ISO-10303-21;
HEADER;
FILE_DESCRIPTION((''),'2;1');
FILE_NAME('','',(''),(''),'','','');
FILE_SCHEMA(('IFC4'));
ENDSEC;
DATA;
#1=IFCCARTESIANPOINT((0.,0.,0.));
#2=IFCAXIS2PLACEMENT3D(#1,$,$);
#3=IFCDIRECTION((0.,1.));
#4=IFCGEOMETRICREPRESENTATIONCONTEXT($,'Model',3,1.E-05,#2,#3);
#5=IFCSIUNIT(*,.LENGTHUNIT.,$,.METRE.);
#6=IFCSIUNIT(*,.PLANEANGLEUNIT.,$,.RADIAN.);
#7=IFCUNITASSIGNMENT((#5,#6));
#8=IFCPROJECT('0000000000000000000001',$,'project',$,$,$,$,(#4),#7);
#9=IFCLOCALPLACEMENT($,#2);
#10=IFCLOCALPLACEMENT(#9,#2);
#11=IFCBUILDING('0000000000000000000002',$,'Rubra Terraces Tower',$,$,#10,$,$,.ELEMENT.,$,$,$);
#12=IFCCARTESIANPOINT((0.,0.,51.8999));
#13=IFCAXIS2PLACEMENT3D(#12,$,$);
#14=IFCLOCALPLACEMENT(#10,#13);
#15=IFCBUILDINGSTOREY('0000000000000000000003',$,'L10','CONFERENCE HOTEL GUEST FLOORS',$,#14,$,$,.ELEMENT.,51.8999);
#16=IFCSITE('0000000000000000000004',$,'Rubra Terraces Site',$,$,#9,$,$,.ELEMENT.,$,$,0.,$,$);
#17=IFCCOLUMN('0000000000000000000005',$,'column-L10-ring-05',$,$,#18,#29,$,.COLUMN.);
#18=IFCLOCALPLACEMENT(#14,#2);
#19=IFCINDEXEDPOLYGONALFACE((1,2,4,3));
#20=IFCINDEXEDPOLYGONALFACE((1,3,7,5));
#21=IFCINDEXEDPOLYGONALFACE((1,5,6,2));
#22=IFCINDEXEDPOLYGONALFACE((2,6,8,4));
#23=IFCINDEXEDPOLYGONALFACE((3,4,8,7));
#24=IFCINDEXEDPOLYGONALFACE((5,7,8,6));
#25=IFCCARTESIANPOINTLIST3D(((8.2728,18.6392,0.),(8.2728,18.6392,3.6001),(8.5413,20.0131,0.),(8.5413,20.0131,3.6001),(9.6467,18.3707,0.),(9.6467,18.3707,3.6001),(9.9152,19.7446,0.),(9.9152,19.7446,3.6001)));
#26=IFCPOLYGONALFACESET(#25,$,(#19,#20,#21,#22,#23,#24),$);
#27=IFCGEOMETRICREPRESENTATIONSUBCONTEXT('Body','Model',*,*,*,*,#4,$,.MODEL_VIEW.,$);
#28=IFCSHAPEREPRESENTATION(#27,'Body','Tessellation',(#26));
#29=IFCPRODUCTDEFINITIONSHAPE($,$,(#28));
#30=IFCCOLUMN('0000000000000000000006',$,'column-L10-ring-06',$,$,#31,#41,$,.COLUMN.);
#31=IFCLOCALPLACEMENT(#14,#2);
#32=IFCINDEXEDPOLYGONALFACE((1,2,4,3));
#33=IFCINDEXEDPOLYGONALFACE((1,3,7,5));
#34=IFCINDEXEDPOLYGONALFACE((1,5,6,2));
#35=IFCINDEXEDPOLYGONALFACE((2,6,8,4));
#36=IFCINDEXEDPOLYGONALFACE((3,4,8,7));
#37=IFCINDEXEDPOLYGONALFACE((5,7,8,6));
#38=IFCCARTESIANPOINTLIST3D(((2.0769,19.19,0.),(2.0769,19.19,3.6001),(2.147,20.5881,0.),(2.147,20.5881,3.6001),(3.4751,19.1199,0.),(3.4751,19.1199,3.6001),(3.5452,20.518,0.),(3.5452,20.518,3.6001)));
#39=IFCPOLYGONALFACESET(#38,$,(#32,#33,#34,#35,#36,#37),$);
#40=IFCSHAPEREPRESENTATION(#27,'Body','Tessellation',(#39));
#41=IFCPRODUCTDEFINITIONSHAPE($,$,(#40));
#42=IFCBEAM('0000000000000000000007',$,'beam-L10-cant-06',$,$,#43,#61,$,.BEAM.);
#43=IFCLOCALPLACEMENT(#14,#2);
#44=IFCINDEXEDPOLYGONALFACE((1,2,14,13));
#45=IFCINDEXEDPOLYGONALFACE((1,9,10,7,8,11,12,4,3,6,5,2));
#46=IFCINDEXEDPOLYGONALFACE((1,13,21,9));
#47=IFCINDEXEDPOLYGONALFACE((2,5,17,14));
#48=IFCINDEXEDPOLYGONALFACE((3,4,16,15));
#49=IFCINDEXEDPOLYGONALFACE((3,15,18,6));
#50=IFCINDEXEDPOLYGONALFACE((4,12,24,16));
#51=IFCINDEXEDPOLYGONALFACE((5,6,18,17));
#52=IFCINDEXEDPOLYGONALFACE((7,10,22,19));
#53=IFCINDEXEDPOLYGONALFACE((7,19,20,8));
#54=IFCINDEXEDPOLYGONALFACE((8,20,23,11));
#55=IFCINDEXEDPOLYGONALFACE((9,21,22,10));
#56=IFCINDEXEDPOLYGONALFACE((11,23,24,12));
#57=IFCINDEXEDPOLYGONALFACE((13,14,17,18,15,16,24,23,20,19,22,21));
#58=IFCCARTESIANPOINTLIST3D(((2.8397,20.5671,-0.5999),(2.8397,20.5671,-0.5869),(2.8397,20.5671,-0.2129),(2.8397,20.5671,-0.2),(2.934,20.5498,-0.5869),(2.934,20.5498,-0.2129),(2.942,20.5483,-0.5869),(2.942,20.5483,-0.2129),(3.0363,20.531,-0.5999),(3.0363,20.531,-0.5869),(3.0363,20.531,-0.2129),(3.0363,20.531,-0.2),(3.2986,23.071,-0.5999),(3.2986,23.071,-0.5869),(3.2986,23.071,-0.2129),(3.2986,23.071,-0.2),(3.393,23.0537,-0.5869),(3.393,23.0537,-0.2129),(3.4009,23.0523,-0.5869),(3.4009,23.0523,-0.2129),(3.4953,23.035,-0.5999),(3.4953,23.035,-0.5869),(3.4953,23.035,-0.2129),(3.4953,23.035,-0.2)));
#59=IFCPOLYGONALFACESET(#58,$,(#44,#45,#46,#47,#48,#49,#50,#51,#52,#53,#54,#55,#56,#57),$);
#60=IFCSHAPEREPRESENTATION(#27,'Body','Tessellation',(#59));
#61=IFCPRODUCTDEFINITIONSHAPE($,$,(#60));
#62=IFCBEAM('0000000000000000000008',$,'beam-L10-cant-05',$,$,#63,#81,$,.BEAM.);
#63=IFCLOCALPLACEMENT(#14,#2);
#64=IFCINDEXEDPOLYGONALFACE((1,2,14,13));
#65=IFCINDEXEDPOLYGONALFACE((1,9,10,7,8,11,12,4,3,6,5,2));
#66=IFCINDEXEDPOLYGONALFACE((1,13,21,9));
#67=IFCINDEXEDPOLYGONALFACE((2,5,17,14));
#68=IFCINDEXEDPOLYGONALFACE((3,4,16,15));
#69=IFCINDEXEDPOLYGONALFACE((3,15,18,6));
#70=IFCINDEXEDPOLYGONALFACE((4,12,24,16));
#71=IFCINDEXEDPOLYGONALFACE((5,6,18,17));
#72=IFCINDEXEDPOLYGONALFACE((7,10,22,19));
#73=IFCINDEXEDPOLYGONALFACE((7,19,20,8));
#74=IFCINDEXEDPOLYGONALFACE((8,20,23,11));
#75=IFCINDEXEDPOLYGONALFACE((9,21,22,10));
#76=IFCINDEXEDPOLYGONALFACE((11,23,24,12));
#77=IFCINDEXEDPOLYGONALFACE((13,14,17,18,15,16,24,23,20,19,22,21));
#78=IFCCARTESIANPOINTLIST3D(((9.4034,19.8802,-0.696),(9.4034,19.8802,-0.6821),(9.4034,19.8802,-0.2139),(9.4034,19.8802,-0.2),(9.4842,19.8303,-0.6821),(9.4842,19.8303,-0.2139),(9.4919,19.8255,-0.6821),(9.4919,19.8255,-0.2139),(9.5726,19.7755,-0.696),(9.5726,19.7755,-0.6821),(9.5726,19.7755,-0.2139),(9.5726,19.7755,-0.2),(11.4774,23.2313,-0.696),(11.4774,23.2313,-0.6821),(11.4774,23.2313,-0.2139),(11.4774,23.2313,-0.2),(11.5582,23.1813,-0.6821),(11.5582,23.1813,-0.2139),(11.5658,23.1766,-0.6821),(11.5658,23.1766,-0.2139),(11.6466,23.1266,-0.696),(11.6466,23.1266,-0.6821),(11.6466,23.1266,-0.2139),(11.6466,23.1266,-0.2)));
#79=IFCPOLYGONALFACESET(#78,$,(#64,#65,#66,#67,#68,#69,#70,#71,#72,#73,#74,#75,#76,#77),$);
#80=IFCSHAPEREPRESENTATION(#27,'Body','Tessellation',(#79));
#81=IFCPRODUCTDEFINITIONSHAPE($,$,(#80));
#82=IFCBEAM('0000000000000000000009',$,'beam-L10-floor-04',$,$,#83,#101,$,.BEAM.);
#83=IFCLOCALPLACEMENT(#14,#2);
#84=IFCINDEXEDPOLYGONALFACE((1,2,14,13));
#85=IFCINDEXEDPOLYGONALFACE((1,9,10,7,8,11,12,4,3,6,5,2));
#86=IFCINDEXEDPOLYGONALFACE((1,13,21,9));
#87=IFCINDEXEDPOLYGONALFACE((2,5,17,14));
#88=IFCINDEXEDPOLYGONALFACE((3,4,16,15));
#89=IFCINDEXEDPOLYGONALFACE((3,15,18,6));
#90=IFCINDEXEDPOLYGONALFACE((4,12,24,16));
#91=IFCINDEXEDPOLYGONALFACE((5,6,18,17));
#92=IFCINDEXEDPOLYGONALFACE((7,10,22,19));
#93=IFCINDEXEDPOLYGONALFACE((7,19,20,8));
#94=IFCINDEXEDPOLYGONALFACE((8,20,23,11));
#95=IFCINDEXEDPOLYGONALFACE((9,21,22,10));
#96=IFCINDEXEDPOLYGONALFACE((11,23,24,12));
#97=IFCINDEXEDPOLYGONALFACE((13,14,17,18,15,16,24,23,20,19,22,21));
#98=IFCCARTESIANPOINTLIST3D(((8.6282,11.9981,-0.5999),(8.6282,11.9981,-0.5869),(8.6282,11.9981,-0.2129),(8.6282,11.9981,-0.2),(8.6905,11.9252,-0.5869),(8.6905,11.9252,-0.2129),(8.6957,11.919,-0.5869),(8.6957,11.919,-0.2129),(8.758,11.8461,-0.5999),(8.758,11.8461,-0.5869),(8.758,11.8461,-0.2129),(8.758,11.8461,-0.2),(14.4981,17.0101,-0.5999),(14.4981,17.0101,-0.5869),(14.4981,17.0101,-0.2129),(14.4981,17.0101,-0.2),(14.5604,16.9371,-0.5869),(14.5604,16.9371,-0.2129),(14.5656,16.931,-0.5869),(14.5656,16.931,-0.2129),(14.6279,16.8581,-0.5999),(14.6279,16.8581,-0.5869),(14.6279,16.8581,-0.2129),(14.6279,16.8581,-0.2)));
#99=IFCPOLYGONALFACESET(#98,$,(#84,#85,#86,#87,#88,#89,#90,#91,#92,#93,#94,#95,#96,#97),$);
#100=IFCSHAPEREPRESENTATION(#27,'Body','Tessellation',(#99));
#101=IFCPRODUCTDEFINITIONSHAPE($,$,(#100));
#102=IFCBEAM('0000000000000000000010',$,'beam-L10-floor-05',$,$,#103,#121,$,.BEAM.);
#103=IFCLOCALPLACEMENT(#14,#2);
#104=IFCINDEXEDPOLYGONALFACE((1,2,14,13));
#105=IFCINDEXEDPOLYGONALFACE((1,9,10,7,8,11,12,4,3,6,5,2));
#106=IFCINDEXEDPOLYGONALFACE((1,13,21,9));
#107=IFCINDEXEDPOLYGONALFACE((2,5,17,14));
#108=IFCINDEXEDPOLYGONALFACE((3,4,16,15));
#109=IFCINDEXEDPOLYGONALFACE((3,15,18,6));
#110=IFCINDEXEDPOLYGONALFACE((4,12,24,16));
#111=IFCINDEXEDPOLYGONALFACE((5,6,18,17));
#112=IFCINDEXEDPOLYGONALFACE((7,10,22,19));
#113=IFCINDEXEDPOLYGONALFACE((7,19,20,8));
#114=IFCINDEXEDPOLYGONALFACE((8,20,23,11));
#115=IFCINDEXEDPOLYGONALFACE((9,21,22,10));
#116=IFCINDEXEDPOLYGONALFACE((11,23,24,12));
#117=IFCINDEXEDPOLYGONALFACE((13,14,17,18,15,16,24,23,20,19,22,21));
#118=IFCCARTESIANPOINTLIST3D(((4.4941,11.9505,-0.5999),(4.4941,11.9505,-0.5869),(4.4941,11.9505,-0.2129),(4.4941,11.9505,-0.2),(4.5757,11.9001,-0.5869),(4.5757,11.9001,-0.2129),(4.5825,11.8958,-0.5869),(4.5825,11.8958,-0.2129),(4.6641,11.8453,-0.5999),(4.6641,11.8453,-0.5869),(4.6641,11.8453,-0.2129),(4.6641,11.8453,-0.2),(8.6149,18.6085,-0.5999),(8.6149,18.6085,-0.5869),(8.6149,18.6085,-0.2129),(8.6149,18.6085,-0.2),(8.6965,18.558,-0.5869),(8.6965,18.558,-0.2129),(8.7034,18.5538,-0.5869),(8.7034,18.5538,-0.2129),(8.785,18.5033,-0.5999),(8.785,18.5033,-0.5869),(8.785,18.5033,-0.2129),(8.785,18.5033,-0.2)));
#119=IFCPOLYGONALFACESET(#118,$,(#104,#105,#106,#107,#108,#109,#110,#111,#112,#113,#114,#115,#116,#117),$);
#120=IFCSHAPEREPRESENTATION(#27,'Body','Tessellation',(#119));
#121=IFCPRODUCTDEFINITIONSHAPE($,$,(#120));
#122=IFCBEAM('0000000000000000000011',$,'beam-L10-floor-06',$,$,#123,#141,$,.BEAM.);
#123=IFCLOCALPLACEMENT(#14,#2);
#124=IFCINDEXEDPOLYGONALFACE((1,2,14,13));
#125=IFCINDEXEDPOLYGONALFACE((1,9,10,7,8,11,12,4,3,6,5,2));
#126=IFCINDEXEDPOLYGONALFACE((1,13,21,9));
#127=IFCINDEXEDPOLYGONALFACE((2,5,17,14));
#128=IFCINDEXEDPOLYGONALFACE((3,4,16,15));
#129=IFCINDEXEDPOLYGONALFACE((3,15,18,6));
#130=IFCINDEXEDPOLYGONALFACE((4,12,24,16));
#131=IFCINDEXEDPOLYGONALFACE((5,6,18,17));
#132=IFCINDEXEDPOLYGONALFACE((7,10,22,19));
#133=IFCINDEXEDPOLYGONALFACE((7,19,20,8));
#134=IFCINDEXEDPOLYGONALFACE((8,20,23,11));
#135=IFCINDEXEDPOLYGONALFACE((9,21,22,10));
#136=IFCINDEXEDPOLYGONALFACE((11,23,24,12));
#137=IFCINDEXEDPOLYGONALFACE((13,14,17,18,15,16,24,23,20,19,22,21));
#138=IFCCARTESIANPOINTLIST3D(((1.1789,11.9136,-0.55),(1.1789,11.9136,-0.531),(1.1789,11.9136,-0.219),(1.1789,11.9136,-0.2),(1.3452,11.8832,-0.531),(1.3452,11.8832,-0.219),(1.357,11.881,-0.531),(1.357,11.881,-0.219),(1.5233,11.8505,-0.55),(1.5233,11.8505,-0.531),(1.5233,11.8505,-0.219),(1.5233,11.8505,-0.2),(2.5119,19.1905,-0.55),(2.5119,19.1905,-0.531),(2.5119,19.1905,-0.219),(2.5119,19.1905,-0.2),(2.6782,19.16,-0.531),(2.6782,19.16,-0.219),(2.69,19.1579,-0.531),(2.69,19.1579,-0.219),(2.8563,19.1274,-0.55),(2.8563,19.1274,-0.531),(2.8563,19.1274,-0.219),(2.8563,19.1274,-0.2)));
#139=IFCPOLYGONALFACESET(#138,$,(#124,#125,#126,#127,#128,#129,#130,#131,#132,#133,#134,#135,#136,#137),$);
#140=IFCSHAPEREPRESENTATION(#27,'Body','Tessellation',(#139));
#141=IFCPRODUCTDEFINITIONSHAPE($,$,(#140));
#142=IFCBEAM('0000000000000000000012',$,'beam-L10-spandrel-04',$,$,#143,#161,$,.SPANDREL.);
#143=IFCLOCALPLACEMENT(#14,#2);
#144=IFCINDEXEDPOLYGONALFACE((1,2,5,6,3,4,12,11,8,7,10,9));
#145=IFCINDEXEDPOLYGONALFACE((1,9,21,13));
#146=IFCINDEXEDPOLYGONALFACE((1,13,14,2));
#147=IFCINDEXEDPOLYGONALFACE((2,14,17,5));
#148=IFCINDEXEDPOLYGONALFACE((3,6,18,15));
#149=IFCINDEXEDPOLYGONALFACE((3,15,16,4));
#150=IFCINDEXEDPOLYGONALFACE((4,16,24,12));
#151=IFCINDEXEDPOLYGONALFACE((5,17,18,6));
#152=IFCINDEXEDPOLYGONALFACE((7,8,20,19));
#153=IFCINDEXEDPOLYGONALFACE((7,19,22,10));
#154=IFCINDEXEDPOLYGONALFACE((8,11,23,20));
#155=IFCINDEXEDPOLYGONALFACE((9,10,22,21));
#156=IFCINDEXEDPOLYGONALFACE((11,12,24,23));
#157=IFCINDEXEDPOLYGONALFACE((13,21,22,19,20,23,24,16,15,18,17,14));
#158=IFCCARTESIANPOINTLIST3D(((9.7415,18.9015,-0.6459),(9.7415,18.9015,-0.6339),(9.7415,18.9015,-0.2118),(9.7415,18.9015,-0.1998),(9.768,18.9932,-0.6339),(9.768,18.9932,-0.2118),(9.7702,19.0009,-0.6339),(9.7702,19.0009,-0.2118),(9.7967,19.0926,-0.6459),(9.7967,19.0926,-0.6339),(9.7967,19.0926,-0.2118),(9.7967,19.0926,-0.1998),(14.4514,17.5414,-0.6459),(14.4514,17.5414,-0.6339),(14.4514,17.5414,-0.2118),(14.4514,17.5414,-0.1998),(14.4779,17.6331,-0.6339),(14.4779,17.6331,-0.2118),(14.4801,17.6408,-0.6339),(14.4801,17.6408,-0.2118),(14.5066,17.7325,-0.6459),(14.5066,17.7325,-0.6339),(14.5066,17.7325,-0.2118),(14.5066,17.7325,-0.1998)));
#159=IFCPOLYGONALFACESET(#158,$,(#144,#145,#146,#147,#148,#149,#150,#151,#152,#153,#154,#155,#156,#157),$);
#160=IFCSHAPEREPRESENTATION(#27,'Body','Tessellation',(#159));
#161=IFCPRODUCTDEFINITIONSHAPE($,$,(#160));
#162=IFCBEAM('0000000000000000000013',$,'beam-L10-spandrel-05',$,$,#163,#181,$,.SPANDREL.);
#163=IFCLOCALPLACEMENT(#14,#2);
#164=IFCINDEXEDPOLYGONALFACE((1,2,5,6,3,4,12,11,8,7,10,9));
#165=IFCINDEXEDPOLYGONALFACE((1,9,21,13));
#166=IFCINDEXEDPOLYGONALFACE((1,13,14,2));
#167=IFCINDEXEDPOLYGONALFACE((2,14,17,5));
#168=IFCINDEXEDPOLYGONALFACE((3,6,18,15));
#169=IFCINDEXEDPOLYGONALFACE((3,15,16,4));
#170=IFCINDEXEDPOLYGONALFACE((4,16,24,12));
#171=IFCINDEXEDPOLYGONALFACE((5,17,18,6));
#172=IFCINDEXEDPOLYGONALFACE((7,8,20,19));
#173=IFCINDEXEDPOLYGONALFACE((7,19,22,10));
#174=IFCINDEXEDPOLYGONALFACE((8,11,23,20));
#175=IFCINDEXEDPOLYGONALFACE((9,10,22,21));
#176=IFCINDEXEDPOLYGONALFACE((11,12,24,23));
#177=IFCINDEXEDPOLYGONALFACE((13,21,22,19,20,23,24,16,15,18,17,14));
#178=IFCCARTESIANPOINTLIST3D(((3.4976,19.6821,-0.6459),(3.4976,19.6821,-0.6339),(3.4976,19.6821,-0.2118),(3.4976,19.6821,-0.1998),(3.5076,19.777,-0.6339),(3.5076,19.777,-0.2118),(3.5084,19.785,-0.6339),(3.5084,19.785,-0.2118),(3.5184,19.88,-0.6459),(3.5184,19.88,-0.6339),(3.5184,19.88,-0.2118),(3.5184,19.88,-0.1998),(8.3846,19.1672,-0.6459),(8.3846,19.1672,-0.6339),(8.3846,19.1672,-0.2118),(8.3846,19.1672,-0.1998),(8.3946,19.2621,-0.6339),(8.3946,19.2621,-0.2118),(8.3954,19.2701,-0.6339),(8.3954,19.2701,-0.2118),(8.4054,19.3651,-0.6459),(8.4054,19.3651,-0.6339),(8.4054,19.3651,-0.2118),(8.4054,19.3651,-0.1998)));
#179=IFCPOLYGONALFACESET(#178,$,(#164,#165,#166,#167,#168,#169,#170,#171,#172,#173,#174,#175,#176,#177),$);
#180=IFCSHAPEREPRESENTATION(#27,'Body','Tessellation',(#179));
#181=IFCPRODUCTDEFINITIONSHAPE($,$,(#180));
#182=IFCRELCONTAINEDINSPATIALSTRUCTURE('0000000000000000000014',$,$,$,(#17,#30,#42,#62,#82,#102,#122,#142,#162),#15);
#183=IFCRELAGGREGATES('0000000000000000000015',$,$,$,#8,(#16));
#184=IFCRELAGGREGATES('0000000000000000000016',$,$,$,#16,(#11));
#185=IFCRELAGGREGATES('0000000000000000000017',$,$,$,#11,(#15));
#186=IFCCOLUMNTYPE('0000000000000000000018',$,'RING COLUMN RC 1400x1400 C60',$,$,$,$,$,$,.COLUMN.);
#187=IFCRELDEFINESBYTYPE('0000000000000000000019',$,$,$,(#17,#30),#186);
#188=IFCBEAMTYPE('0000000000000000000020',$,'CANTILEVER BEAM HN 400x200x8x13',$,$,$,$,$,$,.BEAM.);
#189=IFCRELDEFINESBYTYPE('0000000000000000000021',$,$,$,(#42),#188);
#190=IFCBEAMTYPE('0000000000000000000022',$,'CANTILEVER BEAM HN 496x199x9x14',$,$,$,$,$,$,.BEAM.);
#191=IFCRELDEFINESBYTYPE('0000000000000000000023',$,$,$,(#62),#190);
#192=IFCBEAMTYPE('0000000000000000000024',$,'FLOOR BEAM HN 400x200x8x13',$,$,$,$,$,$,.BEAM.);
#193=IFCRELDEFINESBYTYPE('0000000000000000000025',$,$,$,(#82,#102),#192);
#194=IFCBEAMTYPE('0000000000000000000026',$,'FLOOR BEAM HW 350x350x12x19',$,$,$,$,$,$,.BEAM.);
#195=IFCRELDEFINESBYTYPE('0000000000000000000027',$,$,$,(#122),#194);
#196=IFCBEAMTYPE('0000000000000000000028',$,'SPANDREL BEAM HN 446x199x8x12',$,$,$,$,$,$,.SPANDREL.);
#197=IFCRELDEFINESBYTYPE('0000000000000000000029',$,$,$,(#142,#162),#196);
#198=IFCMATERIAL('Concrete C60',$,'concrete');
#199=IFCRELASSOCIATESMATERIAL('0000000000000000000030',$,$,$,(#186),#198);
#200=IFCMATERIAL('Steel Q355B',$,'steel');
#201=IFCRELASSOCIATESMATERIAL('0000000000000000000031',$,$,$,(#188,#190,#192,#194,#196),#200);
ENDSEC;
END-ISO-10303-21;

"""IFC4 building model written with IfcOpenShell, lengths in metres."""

from ifc_helpers import new_model, si_unit, direction, frame, origin, origin_2d, place, context, subcontext, project, spatial, rectangle, i_section, extrude, material, material_profile, profile_set, type_object, element, save


model = new_model("IFC4")

# Units and contexts
model_context = context("Model", 3, precision=1e-05, world=origin(), true_north=direction((0.0, 1.0)))
body_context = subcontext(model_context, "Body", "Model", "MODEL_VIEW")
ifc_project = project(units=[si_unit("LENGTHUNIT", "METRE"), si_unit("PLANEANGLEUNIT", "RADIAN")], contexts=[model_context])

# Site, building, storey
site_placement = place(None, origin())
site = spatial("IfcSite", under=ifc_project, at=site_placement, Name="Rubra Terraces Site", CompositionType="ELEMENT", RefElevation=0.0)
building_placement = place(site_placement, origin())
building = spatial("IfcBuilding", under=site, at=building_placement, Name="Rubra Terraces Tower", CompositionType="ELEMENT")
storey_placement = place(building_placement, frame((0.0, 0.0, 51.8999)))
storey = spatial("IfcBuildingStorey", under=building, at=storey_placement, Name="L10", Description="CONFERENCE HOTEL GUEST FLOORS", CompositionType="ELEMENT", Elevation=51.8999)

# Columns
ifc_material_1 = material(Name="Concrete C60", Category="concrete")
ifc_material_profile_1 = material_profile(ifc_material_1, rectangle(XDim=1.3999, YDim=1.3999, at=origin_2d()), Name="RC 1400x1400")
ifc_profile_set_1 = profile_set([ifc_material_profile_1], Name="Concrete C60")
column_type = type_object("IfcColumnType", Name="RING COLUMN RC 1400x1400 C60", PredefinedType="COLUMN", material=ifc_profile_set_1)
for number, where, z_axis, x_axis, name in (
    (1, (9.094, 19.1919, 0.0), (0.0, 0.0, 1.0), (-0.98143, 0.191819, 0.0), "column-L10-ring-05"),
    (2, (2.811, 19.854, 0.0), (0.0, 0.0, 1.0), (-0.998745, 0.050084, 0.0), "column-L10-ring-06"),
):
    element("IfcColumn", number, at=place(storey_placement, frame(where, z_axis=z_axis, x_axis=x_axis)), inside=storey, type_object=column_type, Name=name, PredefinedType="COLUMN", context=body_context, shape_type="SweptSolid", body=[
        extrude(rectangle(XDim=1.3999, YDim=1.3999, at=origin_2d()), origin(), (0.0, 0.0, 1.0), 3.6001),
    ])

# Beams
ifc_material_2 = material(Name="Steel Q355B", Category="steel")
ifc_material_profile_2 = material_profile(ifc_material_2, i_section(OverallWidth=0.2, OverallDepth=0.3999, WebThickness=0.0081, FlangeThickness=0.0129, at=origin_2d()), Name="HN 400x200x8x13")
ifc_profile_set_2 = profile_set([ifc_material_profile_2], Name="Steel Q355B")
beam_type_1 = type_object("IfcBeamType", Name="CANTILEVER BEAM HN 400x200x8x13", PredefinedType="BEAM", material=ifc_profile_set_2)
beam_1_placement = place(storey_placement, frame((2.938, 20.5491, -0.3999), z_axis=(0.180303, 0.983611, 0.0), x_axis=(-0.983611, 0.180303, 0.0)))
element("IfcBeam", 3, at=beam_1_placement, inside=storey, type_object=beam_type_1, Name="beam-L10-cant-06", PredefinedType="BEAM", context=body_context, shape_type="SweptSolid", body=[
    extrude(i_section(OverallWidth=0.2, OverallDepth=0.3999, WebThickness=0.0081, FlangeThickness=0.0129, at=origin_2d()), origin(), (0.0, 0.0, 1.0), 2.5457),
])
ifc_material_profile_3 = material_profile(ifc_material_2, i_section(OverallWidth=0.199, OverallDepth=0.4961, WebThickness=0.009, FlangeThickness=0.0139, at=origin_2d()), Name="HN 496x199x9x14")
ifc_profile_set_3 = profile_set([ifc_material_profile_3], Name="Steel Q355B")
beam_type_2 = type_object("IfcBeamType", Name="CANTILEVER BEAM HN 496x199x9x14", PredefinedType="BEAM", material=ifc_profile_set_3)
beam_2_placement = place(storey_placement, frame((9.488, 19.8279, -0.448), z_axis=(0.526263, 0.850322, 0.0), x_axis=(-0.850322, 0.526263, 0.0)))
element("IfcBeam", 4, at=beam_2_placement, inside=storey, type_object=beam_type_2, Name="beam-L10-cant-05", PredefinedType="BEAM", context=body_context, shape_type="SweptSolid", body=[
    extrude(i_section(OverallWidth=0.199, OverallDepth=0.4961, WebThickness=0.009, FlangeThickness=0.0139, at=origin_2d()), origin(), (0.0, 0.0, 1.0), 3.9409),
])
ifc_material_profile_4 = material_profile(ifc_material_2, i_section(OverallWidth=0.2, OverallDepth=0.3999, WebThickness=0.0081, FlangeThickness=0.0129, at=origin_2d()), Name="HN 400x200x8x13")
ifc_profile_set_4 = profile_set([ifc_material_profile_4], Name="Steel Q355B")
beam_type_3 = type_object("IfcBeamType", Name="FLOOR BEAM HN 400x200x8x13", PredefinedType="BEAM", material=ifc_profile_set_4)
beam_3_placement = place(storey_placement, frame((14.563, 16.9341, -0.3999), z_axis=(-0.760494, -0.649344, 0.0), x_axis=(0.649344, -0.760494, 0.0)))
element("IfcBeam", 5, at=beam_3_placement, inside=storey, type_object=beam_type_3, Name="beam-L10-floor-04", PredefinedType="BEAM", context=body_context, shape_type="SweptSolid", body=[
    extrude(i_section(OverallWidth=0.2, OverallDepth=0.3999, WebThickness=0.0081, FlangeThickness=0.0129, at=origin_2d()), origin(), (0.0, 0.0, 1.0), 7.7185),
])
beam_4_placement = place(storey_placement, frame((8.7, 18.5559, -0.3999), z_axis=(-0.526286, -0.850308, 0.0), x_axis=(0.850308, -0.526286, 0.0)))
element("IfcBeam", 6, at=beam_4_placement, inside=storey, type_object=beam_type_3, Name="beam-L10-floor-05", PredefinedType="BEAM", context=body_context, shape_type="SweptSolid", body=[
    extrude(i_section(OverallWidth=0.2, OverallDepth=0.3999, WebThickness=0.0081, FlangeThickness=0.0129, at=origin_2d()), origin(), (0.0, 0.0, 1.0), 7.8301),
])
ifc_material_profile_5 = material_profile(ifc_material_2, i_section(OverallWidth=0.3501, OverallDepth=0.3501, WebThickness=0.012, FlangeThickness=0.019, at=origin_2d()), Name="HW 350x350x12x19")
ifc_profile_set_5 = profile_set([ifc_material_profile_5], Name="Steel Q355B")
beam_type_4 = type_object("IfcBeamType", Name="FLOOR BEAM HW 350x350x12x19", PredefinedType="BEAM", material=ifc_profile_set_5)
beam_5_placement = place(storey_placement, frame((2.6841, 19.1589, -0.375), z_axis=(-0.180186, -0.983632, 0.0), x_axis=(0.983632, -0.180186, 0.0)))
element("IfcBeam", 7, at=beam_5_placement, inside=storey, type_object=beam_type_4, Name="beam-L10-floor-06", PredefinedType="BEAM", context=body_context, shape_type="SweptSolid", body=[
    extrude(i_section(OverallWidth=0.3501, OverallDepth=0.3501, WebThickness=0.012, FlangeThickness=0.019, at=origin_2d()), origin(), (0.0, 0.0, 1.0), 7.3979),
])
ifc_material_profile_6 = material_profile(ifc_material_2, i_section(OverallWidth=0.199, OverallDepth=0.446, WebThickness=0.0081, FlangeThickness=0.012, at=origin_2d()), Name="HN 446x199x8x12")
ifc_profile_set_6 = profile_set([ifc_material_profile_6], Name="Steel Q355B")
beam_type_5 = type_object("IfcBeamType", Name="SPANDREL BEAM HN 446x199x8x12", PredefinedType="SPANDREL", material=ifc_profile_set_6)
beam_6_placement = place(storey_placement, frame((14.479, 17.637, -0.4229), z_axis=(-0.960744, 0.277436, 0.0), x_axis=(-0.277436, -0.960744, 0.0)))
element("IfcBeam", 8, at=beam_6_placement, inside=storey, type_object=beam_type_5, Name="beam-L10-spandrel-04", PredefinedType="SPANDREL", context=body_context, shape_type="SweptSolid", body=[
    extrude(i_section(OverallWidth=0.199, OverallDepth=0.446, WebThickness=0.0081, FlangeThickness=0.012, at=origin_2d()), origin(), (0.0, 0.0, 1.0), 4.9023),
])
beam_7_placement = place(storey_placement, frame((8.395, 19.2661, -0.4229), z_axis=(-0.994495, 0.10478, 0.0), x_axis=(-0.10478, -0.994495, 0.0)))
element("IfcBeam", 9, at=beam_7_placement, inside=storey, type_object=beam_type_5, Name="beam-L10-spandrel-05", PredefinedType="SPANDREL", context=body_context, shape_type="SweptSolid", body=[
    extrude(i_section(OverallWidth=0.199, OverallDepth=0.446, WebThickness=0.0081, FlangeThickness=0.012, at=origin_2d()), origin(), (0.0, 0.0, 1.0), 4.9141),
])

save(model, "model.ifc")
